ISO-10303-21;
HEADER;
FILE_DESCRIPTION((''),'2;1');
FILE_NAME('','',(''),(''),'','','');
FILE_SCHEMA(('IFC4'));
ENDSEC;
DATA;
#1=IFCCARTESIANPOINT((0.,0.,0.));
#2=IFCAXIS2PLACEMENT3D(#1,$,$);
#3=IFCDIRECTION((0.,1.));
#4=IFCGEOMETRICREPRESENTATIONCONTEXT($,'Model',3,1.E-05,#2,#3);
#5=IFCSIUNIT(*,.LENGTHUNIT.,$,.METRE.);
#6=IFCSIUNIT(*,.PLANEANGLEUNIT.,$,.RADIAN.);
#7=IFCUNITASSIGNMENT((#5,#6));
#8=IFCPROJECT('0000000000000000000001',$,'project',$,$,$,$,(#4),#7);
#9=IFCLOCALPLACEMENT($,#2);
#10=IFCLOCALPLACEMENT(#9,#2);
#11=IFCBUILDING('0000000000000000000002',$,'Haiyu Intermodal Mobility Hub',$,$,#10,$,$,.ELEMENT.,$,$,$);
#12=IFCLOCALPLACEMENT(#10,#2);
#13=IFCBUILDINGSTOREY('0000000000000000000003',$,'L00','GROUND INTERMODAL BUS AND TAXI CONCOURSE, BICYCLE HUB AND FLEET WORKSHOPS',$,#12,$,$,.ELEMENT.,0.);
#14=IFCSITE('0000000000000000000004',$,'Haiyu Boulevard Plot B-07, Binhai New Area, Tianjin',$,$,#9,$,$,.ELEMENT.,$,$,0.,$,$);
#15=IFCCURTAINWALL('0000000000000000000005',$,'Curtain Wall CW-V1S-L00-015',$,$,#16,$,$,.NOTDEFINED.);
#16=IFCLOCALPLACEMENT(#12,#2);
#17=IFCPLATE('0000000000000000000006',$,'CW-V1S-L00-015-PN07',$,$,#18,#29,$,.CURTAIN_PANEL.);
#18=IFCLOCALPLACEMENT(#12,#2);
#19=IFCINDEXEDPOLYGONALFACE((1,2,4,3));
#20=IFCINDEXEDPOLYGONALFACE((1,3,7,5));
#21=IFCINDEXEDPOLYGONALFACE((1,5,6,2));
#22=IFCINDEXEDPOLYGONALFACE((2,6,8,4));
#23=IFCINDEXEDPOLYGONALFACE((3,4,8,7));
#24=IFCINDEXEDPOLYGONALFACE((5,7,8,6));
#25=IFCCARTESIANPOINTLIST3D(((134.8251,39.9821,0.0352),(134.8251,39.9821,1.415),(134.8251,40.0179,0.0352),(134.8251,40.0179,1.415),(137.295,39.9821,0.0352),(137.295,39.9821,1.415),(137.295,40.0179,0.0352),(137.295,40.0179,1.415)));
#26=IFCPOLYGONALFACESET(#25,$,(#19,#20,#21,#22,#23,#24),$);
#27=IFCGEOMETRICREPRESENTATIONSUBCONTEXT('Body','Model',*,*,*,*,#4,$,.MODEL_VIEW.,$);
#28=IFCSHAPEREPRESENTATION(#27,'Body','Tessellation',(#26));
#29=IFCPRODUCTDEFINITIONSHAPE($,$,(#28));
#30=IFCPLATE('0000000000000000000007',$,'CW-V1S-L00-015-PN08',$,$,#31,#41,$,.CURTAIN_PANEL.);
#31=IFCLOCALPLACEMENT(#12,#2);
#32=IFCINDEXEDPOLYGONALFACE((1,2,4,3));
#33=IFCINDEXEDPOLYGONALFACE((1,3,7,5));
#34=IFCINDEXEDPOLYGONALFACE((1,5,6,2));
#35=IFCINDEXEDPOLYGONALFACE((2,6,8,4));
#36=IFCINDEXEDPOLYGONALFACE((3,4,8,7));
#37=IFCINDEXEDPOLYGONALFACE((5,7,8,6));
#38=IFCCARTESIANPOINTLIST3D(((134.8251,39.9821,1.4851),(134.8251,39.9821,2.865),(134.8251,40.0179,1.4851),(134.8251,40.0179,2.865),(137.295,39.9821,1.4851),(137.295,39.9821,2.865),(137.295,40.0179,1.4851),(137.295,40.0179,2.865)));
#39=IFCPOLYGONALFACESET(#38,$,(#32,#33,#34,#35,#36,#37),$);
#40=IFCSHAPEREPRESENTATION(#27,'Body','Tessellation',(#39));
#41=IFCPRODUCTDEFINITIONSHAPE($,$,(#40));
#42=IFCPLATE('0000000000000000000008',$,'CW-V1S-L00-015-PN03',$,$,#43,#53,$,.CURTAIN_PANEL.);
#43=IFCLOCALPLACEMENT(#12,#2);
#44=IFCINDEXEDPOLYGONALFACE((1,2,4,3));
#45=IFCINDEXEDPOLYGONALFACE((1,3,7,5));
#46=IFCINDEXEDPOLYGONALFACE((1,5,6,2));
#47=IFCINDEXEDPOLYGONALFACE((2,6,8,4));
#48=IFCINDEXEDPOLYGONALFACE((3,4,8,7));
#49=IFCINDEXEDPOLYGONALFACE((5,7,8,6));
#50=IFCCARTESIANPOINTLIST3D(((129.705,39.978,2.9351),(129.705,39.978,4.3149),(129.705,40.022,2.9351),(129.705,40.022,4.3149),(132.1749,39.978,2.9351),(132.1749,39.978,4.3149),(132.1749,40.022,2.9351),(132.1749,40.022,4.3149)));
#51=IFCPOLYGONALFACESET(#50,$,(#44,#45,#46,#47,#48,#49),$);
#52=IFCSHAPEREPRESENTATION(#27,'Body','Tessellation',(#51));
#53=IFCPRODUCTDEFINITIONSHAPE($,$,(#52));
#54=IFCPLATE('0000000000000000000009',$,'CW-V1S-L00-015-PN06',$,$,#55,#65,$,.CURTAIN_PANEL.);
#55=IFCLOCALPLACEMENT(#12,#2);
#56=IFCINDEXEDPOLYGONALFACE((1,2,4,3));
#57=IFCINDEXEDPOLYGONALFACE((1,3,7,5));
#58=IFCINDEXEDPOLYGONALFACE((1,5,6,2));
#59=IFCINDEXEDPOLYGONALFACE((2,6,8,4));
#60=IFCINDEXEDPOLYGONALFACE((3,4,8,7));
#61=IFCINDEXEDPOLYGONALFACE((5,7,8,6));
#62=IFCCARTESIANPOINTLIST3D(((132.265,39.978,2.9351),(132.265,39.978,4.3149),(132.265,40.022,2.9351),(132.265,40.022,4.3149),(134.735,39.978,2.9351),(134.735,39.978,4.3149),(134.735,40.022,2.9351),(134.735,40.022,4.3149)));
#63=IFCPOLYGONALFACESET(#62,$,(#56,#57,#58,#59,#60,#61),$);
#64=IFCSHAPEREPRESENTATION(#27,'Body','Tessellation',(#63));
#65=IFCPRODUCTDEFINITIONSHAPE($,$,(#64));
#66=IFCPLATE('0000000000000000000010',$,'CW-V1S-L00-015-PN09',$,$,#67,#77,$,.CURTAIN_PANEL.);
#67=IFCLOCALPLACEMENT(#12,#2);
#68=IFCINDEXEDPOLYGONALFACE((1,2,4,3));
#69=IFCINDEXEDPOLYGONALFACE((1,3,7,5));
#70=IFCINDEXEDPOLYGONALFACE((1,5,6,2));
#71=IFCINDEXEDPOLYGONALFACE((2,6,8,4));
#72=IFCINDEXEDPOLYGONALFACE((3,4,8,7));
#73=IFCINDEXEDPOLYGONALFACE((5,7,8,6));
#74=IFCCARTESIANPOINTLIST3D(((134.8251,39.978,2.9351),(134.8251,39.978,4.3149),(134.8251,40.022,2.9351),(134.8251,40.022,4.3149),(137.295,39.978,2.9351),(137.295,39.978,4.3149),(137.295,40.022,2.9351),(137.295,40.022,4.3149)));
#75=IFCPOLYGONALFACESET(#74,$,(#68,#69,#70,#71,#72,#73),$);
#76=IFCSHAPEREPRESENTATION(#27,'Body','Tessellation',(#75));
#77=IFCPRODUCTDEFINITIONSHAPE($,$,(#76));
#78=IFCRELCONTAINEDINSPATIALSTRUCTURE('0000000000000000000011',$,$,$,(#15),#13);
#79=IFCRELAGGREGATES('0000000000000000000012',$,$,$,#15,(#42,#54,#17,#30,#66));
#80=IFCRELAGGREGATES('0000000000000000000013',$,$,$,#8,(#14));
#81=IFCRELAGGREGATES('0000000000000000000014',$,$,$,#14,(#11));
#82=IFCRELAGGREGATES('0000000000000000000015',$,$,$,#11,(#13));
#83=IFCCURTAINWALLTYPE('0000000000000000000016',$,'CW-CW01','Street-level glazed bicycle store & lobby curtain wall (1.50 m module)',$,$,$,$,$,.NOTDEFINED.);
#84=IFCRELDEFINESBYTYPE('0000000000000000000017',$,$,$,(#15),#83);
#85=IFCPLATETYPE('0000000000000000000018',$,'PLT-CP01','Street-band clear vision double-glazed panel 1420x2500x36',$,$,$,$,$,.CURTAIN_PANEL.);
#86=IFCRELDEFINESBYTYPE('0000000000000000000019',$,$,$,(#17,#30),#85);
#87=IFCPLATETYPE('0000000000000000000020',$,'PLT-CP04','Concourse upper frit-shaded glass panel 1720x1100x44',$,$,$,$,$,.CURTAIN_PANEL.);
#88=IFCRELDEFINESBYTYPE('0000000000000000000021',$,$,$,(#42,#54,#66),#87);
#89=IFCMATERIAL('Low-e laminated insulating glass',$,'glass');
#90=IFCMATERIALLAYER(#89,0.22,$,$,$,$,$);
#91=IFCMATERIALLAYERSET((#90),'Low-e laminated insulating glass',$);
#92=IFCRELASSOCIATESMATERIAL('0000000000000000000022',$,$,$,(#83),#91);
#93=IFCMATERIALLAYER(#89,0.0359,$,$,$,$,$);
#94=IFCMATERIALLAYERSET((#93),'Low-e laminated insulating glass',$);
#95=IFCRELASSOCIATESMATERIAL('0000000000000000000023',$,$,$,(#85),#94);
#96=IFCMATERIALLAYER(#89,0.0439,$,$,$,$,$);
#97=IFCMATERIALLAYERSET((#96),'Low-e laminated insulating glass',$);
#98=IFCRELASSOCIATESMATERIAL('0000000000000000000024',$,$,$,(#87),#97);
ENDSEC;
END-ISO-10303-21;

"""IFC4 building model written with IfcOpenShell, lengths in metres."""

from ifc_helpers import new_model, si_unit, direction, frame, origin, origin_2d, place, context, subcontext, project, spatial, rectangle, extrude, material, layer, layer_set, type_object, element, aggregate, save


model = new_model("IFC4")

# Units and contexts
model_context = context("Model", 3, precision=1e-05, world=origin(), true_north=direction((0.0, 1.0)))
body_context = subcontext(model_context, "Body", "Model", "MODEL_VIEW")
ifc_project = project(units=[si_unit("LENGTHUNIT", "METRE"), si_unit("PLANEANGLEUNIT", "RADIAN")], contexts=[model_context])

# Site, building, storey
site_placement = place(None, origin())
site = spatial("IfcSite", under=ifc_project, at=site_placement, Name="Haiyu Boulevard Plot B-07, Binhai New Area, Tianjin", CompositionType="ELEMENT", RefElevation=0.0)
building_placement = place(site_placement, origin())
building = spatial("IfcBuilding", under=site, at=building_placement, Name="Haiyu Intermodal Mobility Hub", CompositionType="ELEMENT")
storey_placement = place(building_placement, origin())
storey = spatial("IfcBuildingStorey", under=building, at=storey_placement, Name="L00", Description="GROUND INTERMODAL BUS AND TAXI CONCOURSE, BICYCLE HUB AND FLEET WORKSHOPS", CompositionType="ELEMENT", Elevation=0.0)

# Shared definitions
ifc_material_1 = material(Name="Low-e laminated insulating glass", Category="glass")
ifc_layer_1 = layer(ifc_material_1, 0.22)
ifc_layer_set_1 = layer_set([ifc_layer_1], Name="Low-e laminated insulating glass")
curtain_wall_type = type_object("IfcCurtainWallType", Name="CW-CW01", Description="Street-level glazed bicycle store & lobby curtain wall (1.50 m module)", PredefinedType="NOTDEFINED", material=ifc_layer_set_1)

# Curtain wall, plates
curtain_wall_1_placement = place(storey_placement, origin())
curtain_wall_1 = element("IfcCurtainWall", 1, at=curtain_wall_1_placement, inside=storey, type_object=curtain_wall_type, Name="Curtain Wall CW-V1S-L00-015", PredefinedType="NOTDEFINED")
ifc_layer_2 = layer(ifc_material_1, 0.0359)
ifc_layer_set_2 = layer_set([ifc_layer_2], Name="Low-e laminated insulating glass")
plate_type_1 = type_object("IfcPlateType", Name="PLT-CP01", Description="Street-band clear vision double-glazed panel 1420x2500x36", PredefinedType="CURTAIN_PANEL", material=ifc_layer_set_2)
plate_1_placement = place(storey_placement, frame((136.0601, 40.0, 0.0352), z_axis=(0.0, 0.0, 1.0), x_axis=(1.0, 0.0, 0.0)))
plate_1 = element("IfcPlate", 2, at=plate_1_placement, type_object=plate_type_1, Name="CW-V1S-L00-015-PN07", PredefinedType="CURTAIN_PANEL", context=body_context, shape_type="SweptSolid", body=[
    extrude(rectangle(XDim=2.47, YDim=0.0359, at=origin_2d()), origin(), (0.0, 0.0, 1.0), 1.3799),
])
plate_2_placement = place(storey_placement, frame((136.0601, 40.0, 1.4851), z_axis=(0.0, 0.0, 1.0), x_axis=(1.0, 0.0, 0.0)))
plate_2 = element("IfcPlate", 3, at=plate_2_placement, type_object=plate_type_1, Name="CW-V1S-L00-015-PN08", PredefinedType="CURTAIN_PANEL", context=body_context, shape_type="SweptSolid", body=[
    extrude(rectangle(XDim=2.47, YDim=0.0359, at=origin_2d()), origin(), (0.0, 0.0, 1.0), 1.3799),
])
ifc_layer_3 = layer(ifc_material_1, 0.0439)
ifc_layer_set_3 = layer_set([ifc_layer_3], Name="Low-e laminated insulating glass")
plate_type_2 = type_object("IfcPlateType", Name="PLT-CP04", Description="Concourse upper frit-shaded glass panel 1720x1100x44", PredefinedType="CURTAIN_PANEL", material=ifc_layer_set_3)
plate_3_placement = place(storey_placement, frame((130.9399, 40.0, 2.9351), z_axis=(0.0, 0.0, 1.0), x_axis=(1.0, 0.0, 0.0)))
plate_3 = element("IfcPlate", 4, at=plate_3_placement, type_object=plate_type_2, Name="CW-V1S-L00-015-PN03", PredefinedType="CURTAIN_PANEL", context=body_context, shape_type="SweptSolid", body=[
    extrude(rectangle(XDim=2.47, YDim=0.0439, at=origin_2d()), origin(), (0.0, 0.0, 1.0), 1.3799),
])
plate_4_placement = place(storey_placement, frame((133.5, 40.0, 2.9351), z_axis=(0.0, 0.0, 1.0), x_axis=(1.0, 0.0, 0.0)))
plate_4 = element("IfcPlate", 5, at=plate_4_placement, type_object=plate_type_2, Name="CW-V1S-L00-015-PN06", PredefinedType="CURTAIN_PANEL", context=body_context, shape_type="SweptSolid", body=[
    extrude(rectangle(XDim=2.47, YDim=0.0439, at=origin_2d()), origin(), (0.0, 0.0, 1.0), 1.3799),
])
plate_5_placement = place(storey_placement, frame((136.0601, 40.0, 2.9351), z_axis=(0.0, 0.0, 1.0), x_axis=(1.0, 0.0, 0.0)))
plate_5 = element("IfcPlate", 6, at=plate_5_placement, type_object=plate_type_2, Name="CW-V1S-L00-015-PN09", PredefinedType="CURTAIN_PANEL", context=body_context, shape_type="SweptSolid", body=[
    extrude(rectangle(XDim=2.47, YDim=0.0439, at=origin_2d()), origin(), (0.0, 0.0, 1.0), 1.3799),
])
aggregate(curtain_wall_1, [plate_3, plate_4, plate_1, plate_2, plate_5])

save(model, "model.ifc")
